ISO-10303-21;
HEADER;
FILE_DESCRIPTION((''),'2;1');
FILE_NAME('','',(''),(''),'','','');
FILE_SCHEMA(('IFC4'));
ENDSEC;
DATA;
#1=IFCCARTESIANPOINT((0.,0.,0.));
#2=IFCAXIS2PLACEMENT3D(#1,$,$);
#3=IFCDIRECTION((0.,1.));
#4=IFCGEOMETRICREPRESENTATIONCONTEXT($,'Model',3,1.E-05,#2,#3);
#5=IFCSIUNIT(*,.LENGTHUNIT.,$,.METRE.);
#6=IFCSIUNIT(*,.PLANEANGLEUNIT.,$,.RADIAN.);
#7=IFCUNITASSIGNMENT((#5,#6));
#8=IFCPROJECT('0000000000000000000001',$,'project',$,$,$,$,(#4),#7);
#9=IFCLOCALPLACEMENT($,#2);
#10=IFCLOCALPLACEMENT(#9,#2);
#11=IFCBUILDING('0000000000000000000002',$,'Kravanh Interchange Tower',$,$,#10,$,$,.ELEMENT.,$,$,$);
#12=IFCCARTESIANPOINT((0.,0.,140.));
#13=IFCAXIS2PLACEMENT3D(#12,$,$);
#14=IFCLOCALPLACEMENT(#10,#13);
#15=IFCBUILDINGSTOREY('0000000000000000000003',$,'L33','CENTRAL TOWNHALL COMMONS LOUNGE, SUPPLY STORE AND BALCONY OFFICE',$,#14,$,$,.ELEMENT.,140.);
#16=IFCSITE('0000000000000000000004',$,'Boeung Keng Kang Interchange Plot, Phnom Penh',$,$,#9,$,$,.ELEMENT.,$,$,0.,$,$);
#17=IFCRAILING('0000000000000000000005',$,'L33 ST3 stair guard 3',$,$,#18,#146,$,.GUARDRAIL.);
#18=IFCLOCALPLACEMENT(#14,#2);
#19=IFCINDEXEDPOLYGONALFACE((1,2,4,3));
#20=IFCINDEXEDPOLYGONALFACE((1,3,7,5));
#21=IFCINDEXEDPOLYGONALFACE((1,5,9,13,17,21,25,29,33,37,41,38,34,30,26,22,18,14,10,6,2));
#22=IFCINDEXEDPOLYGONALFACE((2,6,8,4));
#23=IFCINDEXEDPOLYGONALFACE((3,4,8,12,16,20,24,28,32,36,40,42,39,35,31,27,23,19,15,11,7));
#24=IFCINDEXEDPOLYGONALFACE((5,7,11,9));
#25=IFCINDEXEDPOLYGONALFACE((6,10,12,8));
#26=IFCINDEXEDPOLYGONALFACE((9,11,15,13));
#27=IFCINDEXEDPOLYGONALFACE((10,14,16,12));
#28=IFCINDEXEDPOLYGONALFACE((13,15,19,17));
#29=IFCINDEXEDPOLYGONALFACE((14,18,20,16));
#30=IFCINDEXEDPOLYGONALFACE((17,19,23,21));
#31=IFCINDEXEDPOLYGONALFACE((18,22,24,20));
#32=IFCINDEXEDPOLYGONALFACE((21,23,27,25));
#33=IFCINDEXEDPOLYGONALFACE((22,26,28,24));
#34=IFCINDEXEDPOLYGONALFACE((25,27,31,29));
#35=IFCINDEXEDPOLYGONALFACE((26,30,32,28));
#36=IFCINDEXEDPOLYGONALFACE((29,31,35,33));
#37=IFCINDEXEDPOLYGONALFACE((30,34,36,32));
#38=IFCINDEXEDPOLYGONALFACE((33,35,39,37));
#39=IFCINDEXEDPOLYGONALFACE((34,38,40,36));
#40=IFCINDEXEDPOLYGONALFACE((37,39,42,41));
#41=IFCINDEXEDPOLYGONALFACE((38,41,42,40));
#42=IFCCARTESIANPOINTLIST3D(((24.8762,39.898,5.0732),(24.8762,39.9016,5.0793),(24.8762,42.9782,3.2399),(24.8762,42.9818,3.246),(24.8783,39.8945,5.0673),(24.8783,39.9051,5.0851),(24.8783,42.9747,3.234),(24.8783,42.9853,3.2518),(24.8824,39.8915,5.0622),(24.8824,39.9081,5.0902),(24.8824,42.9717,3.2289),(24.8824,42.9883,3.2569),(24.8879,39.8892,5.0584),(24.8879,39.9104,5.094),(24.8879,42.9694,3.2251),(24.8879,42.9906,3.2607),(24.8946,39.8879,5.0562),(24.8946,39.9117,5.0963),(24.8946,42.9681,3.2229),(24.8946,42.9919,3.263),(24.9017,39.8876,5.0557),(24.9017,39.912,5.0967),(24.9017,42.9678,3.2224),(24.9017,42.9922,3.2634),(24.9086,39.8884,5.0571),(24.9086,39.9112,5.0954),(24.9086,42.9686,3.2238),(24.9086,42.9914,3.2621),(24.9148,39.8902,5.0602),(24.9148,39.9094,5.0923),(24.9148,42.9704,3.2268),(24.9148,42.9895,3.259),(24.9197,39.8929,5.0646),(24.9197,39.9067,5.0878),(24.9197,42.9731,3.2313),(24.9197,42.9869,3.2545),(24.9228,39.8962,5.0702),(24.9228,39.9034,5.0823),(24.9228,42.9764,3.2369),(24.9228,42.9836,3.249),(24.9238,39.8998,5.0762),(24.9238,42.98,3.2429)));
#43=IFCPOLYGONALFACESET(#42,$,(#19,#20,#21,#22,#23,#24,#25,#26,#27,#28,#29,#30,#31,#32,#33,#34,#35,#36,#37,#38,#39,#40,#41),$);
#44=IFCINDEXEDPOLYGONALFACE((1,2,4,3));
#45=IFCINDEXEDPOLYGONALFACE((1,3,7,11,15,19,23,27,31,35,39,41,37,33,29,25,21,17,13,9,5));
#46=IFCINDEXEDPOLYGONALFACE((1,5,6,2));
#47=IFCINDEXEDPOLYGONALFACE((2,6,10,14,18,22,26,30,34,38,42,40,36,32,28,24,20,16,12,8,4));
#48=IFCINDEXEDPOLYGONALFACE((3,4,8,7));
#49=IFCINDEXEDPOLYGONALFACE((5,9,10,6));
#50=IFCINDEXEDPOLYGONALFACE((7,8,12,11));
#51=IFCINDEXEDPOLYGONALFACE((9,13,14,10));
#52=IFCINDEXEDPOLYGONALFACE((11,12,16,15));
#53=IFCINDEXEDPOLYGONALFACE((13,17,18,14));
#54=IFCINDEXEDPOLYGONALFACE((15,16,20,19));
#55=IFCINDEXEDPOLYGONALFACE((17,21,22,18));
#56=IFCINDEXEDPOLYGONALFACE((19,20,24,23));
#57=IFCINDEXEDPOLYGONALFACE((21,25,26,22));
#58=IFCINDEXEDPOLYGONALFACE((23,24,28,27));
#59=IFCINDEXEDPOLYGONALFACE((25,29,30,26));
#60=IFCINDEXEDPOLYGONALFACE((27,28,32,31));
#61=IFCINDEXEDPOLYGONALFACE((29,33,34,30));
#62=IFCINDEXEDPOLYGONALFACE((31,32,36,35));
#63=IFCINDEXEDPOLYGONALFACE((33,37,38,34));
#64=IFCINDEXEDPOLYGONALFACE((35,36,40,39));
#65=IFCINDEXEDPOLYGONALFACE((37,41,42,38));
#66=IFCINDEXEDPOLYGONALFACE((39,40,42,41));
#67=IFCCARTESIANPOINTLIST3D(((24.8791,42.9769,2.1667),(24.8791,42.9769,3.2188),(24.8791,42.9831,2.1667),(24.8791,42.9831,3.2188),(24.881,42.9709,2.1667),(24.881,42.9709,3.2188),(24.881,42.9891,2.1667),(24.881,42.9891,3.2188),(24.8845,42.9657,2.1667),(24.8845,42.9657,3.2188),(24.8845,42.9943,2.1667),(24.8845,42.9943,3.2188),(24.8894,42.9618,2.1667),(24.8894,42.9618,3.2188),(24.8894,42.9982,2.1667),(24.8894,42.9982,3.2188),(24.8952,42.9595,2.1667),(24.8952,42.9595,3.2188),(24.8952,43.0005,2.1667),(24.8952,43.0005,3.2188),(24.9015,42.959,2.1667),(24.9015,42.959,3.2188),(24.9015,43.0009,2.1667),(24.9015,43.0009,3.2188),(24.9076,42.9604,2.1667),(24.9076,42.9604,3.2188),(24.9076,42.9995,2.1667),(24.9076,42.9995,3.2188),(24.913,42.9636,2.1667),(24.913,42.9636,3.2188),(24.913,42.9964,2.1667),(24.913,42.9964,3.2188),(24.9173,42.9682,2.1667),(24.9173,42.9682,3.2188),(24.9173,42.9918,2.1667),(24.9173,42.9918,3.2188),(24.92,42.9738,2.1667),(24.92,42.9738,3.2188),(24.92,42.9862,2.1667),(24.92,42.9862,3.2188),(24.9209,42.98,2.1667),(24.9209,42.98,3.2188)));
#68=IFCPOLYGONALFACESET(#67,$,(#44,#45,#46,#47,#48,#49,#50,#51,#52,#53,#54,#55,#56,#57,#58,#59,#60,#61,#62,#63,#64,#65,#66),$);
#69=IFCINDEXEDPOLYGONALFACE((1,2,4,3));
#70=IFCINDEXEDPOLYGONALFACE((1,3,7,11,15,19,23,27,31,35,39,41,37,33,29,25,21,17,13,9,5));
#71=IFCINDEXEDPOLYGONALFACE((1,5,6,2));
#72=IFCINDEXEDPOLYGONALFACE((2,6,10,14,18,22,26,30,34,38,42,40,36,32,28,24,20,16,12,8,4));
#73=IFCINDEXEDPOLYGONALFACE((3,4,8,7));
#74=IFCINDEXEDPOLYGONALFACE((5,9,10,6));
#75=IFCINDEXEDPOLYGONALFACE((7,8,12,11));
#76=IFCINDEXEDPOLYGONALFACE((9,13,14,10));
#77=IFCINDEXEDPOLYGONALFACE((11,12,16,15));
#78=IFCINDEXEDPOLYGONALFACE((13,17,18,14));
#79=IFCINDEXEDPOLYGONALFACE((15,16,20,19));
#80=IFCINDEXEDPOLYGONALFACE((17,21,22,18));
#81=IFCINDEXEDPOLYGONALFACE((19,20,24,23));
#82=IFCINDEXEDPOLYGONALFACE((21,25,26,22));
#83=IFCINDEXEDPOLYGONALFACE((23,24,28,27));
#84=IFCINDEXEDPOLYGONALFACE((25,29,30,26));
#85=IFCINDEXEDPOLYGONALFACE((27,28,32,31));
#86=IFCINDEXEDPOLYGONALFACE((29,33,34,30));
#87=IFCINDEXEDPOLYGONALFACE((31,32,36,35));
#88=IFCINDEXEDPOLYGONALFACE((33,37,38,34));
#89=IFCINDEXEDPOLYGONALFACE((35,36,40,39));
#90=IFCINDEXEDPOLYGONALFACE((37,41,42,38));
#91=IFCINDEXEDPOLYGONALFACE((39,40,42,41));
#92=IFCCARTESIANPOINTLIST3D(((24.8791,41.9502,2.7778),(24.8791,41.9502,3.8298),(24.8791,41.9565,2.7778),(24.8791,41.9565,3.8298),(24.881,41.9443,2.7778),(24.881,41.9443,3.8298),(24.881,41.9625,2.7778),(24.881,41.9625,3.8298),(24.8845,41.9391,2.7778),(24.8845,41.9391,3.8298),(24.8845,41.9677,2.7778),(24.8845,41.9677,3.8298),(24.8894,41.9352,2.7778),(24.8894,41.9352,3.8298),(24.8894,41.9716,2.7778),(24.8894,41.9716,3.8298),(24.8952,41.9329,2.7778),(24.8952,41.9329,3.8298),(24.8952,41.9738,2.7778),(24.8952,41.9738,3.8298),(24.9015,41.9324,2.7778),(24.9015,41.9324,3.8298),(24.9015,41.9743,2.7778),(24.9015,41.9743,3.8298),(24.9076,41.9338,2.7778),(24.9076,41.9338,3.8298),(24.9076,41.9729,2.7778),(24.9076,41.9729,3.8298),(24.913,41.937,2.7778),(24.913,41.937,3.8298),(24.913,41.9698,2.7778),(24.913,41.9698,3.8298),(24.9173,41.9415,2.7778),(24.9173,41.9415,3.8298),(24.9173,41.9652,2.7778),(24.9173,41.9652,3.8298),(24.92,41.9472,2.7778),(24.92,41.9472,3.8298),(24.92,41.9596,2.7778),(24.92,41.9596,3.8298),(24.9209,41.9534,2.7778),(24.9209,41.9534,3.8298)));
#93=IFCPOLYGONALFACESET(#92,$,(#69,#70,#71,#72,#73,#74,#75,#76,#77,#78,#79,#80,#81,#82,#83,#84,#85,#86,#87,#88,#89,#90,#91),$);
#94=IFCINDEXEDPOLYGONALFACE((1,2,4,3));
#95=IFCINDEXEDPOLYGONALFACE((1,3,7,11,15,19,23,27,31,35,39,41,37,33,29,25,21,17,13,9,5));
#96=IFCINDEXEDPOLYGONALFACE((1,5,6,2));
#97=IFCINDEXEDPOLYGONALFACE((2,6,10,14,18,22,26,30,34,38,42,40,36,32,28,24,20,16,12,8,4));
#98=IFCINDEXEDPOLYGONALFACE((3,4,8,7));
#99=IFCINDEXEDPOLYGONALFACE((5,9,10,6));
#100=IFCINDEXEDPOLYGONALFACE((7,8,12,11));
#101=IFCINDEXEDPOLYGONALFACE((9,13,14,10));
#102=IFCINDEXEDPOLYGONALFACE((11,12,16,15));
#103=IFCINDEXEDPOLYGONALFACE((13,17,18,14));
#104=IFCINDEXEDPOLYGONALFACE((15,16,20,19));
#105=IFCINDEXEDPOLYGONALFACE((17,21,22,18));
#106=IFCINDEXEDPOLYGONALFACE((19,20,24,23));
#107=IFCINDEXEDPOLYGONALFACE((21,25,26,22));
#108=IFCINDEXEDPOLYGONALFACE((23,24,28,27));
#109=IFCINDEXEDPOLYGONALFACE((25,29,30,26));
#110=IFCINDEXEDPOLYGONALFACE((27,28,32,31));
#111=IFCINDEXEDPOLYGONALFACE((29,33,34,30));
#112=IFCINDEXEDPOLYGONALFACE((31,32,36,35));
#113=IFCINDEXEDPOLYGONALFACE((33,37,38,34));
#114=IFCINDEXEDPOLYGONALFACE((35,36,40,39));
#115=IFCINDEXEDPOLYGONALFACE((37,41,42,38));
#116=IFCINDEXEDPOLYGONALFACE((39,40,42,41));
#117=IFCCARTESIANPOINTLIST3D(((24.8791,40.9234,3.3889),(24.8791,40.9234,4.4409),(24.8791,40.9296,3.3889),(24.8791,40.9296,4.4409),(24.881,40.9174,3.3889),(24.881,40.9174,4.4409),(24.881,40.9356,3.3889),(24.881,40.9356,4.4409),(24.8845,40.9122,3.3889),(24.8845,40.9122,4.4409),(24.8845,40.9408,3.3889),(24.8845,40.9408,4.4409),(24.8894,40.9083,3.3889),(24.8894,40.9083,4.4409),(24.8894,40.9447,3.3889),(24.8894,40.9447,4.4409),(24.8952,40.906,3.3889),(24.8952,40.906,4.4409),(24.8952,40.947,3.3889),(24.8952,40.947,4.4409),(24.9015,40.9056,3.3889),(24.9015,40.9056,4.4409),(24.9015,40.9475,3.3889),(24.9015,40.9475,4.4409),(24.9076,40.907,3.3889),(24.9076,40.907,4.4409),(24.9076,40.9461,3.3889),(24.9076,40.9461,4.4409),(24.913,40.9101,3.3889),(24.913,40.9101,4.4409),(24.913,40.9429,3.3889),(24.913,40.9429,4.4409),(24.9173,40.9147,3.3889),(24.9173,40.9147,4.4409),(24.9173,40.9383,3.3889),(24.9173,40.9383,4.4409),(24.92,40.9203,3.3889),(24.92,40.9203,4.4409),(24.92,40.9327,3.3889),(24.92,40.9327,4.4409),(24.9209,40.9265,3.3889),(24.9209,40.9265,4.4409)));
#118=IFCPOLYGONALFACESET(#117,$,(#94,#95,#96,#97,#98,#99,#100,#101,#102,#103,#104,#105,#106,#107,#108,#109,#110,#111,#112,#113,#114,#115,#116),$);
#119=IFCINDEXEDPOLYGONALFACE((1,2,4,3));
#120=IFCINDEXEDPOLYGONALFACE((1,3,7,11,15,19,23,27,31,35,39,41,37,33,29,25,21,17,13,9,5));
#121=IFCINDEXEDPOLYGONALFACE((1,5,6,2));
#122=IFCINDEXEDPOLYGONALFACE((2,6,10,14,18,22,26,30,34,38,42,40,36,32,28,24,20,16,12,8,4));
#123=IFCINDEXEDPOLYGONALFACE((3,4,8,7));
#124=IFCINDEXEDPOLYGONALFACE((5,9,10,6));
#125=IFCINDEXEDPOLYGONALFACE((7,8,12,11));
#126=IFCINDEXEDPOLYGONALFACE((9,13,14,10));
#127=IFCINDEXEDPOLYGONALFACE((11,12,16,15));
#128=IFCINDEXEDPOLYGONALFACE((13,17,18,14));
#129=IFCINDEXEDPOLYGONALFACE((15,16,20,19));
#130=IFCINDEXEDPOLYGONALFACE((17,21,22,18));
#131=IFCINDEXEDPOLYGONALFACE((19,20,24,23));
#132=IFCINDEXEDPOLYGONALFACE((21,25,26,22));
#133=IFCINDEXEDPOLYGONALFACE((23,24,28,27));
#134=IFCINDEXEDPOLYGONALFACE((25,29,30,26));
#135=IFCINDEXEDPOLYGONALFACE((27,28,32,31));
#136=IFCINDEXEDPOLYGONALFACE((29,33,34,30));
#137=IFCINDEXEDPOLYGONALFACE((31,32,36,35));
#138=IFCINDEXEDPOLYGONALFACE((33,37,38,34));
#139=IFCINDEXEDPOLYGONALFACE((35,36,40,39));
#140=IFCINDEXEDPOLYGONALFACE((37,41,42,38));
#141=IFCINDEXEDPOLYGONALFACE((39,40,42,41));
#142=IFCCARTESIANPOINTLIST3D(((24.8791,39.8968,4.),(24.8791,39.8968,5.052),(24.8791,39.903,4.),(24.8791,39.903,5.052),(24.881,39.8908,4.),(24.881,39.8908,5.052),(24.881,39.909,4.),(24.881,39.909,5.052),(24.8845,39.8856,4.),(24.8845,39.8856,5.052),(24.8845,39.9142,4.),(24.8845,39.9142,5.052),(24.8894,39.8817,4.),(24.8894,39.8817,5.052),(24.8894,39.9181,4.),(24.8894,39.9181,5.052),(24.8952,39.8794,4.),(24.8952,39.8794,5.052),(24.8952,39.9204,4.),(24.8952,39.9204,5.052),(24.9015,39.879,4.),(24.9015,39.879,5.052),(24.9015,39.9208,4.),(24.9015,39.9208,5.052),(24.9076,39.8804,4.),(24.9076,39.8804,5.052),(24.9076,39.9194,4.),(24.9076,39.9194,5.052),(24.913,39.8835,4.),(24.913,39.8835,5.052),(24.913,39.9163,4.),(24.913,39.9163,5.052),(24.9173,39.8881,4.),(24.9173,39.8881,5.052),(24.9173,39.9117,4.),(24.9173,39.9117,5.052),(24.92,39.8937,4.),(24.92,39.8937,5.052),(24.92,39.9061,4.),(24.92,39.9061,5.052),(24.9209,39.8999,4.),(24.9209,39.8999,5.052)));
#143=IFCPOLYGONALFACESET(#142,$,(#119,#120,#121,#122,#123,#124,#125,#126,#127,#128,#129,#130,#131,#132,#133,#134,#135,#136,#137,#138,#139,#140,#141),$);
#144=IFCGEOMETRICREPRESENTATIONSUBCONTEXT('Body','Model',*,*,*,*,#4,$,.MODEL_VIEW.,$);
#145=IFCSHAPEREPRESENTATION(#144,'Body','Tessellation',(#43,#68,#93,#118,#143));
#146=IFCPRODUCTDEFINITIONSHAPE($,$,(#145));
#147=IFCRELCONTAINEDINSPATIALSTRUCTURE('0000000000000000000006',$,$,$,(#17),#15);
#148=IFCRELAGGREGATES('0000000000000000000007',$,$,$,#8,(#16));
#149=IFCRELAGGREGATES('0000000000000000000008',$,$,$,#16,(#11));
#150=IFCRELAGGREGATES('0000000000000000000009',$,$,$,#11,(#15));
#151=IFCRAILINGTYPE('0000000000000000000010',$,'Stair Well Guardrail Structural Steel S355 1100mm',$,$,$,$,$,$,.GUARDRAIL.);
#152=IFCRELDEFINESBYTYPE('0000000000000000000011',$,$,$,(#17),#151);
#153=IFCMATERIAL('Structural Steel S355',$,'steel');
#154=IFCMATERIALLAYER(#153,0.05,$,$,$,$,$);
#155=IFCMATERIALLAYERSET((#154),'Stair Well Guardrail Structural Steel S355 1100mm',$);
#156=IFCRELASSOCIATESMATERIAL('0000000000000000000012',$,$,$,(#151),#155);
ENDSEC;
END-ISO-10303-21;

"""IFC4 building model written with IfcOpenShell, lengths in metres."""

from ifc_helpers import new_model, si_unit, direction, frame, origin, origin_2d, place, context, subcontext, project, spatial, circle, extrude, material, layer, layer_set, type_object, element, save


model = new_model("IFC4")

# Units and contexts
model_context = context("Model", 3, precision=1e-05, world=origin(), true_north=direction((0.0, 1.0)))
body_context = subcontext(model_context, "Body", "Model", "MODEL_VIEW")
ifc_project = project(units=[si_unit("LENGTHUNIT", "METRE"), si_unit("PLANEANGLEUNIT", "RADIAN")], contexts=[model_context])

# Site, building, storey
site_placement = place(None, origin())
site = spatial("IfcSite", under=ifc_project, at=site_placement, Name="Boeung Keng Kang Interchange Plot, Phnom Penh", CompositionType="ELEMENT", RefElevation=0.0)
building_placement = place(site_placement, origin())
building = spatial("IfcBuilding", under=site, at=building_placement, Name="Kravanh Interchange Tower", CompositionType="ELEMENT")
storey_placement = place(building_placement, frame((0.0, 0.0, 140.0)))
storey = spatial("IfcBuildingStorey", under=building, at=storey_placement, Name="L33", Description="CENTRAL TOWNHALL COMMONS LOUNGE, SUPPLY STORE AND BALCONY OFFICE", CompositionType="ELEMENT", Elevation=140.0)

# Railing
ifc_material_1 = material(Name="Structural Steel S355", Category="steel")
ifc_layer_1 = layer(ifc_material_1, 0.05)
ifc_layer_set_1 = layer_set([ifc_layer_1], Name="Stair Well Guardrail Structural Steel S355 1100mm")
railing_type_1 = type_object("IfcRailingType", Name="Stair Well Guardrail Structural Steel S355 1100mm", PredefinedType="GUARDRAIL", material=ifc_layer_set_1)
railing_1_placement = place(storey_placement, frame((24.8999, 42.98, 2.1667)))
element("IfcRailing", 1, at=railing_1_placement, inside=storey, type_object=railing_type_1, Name="L33 ST3 stair guard 3", PredefinedType="GUARDRAIL", context=body_context, shape_type="SweptSolid", body=[
    extrude(circle(Radius=0.0239, at=origin_2d()), frame((0.0, 0.0, 1.0762), z_axis=(0.0, -0.859309, 0.511458), x_axis=(1.0, 0.0, 0.0)), (0.0, 0.0, 1.0), 3.5845),
    extrude(circle(Radius=0.021, at=origin_2d()), origin(), (0.0, 0.0, 1.0), 1.052),
    extrude(circle(Radius=0.021, at=origin_2d()), frame((0.0, -1.0266, 0.6111)), (0.0, 0.0, 1.0), 1.052),
    extrude(circle(Radius=0.021, at=origin_2d()), frame((0.0, -2.0535, 1.2222)), (0.0, 0.0, 1.0), 1.052),
    extrude(circle(Radius=0.021, at=origin_2d()), frame((0.0, -3.0801, 1.8333)), (0.0, 0.0, 1.0), 1.052),
])

save(model, "model.ifc")
